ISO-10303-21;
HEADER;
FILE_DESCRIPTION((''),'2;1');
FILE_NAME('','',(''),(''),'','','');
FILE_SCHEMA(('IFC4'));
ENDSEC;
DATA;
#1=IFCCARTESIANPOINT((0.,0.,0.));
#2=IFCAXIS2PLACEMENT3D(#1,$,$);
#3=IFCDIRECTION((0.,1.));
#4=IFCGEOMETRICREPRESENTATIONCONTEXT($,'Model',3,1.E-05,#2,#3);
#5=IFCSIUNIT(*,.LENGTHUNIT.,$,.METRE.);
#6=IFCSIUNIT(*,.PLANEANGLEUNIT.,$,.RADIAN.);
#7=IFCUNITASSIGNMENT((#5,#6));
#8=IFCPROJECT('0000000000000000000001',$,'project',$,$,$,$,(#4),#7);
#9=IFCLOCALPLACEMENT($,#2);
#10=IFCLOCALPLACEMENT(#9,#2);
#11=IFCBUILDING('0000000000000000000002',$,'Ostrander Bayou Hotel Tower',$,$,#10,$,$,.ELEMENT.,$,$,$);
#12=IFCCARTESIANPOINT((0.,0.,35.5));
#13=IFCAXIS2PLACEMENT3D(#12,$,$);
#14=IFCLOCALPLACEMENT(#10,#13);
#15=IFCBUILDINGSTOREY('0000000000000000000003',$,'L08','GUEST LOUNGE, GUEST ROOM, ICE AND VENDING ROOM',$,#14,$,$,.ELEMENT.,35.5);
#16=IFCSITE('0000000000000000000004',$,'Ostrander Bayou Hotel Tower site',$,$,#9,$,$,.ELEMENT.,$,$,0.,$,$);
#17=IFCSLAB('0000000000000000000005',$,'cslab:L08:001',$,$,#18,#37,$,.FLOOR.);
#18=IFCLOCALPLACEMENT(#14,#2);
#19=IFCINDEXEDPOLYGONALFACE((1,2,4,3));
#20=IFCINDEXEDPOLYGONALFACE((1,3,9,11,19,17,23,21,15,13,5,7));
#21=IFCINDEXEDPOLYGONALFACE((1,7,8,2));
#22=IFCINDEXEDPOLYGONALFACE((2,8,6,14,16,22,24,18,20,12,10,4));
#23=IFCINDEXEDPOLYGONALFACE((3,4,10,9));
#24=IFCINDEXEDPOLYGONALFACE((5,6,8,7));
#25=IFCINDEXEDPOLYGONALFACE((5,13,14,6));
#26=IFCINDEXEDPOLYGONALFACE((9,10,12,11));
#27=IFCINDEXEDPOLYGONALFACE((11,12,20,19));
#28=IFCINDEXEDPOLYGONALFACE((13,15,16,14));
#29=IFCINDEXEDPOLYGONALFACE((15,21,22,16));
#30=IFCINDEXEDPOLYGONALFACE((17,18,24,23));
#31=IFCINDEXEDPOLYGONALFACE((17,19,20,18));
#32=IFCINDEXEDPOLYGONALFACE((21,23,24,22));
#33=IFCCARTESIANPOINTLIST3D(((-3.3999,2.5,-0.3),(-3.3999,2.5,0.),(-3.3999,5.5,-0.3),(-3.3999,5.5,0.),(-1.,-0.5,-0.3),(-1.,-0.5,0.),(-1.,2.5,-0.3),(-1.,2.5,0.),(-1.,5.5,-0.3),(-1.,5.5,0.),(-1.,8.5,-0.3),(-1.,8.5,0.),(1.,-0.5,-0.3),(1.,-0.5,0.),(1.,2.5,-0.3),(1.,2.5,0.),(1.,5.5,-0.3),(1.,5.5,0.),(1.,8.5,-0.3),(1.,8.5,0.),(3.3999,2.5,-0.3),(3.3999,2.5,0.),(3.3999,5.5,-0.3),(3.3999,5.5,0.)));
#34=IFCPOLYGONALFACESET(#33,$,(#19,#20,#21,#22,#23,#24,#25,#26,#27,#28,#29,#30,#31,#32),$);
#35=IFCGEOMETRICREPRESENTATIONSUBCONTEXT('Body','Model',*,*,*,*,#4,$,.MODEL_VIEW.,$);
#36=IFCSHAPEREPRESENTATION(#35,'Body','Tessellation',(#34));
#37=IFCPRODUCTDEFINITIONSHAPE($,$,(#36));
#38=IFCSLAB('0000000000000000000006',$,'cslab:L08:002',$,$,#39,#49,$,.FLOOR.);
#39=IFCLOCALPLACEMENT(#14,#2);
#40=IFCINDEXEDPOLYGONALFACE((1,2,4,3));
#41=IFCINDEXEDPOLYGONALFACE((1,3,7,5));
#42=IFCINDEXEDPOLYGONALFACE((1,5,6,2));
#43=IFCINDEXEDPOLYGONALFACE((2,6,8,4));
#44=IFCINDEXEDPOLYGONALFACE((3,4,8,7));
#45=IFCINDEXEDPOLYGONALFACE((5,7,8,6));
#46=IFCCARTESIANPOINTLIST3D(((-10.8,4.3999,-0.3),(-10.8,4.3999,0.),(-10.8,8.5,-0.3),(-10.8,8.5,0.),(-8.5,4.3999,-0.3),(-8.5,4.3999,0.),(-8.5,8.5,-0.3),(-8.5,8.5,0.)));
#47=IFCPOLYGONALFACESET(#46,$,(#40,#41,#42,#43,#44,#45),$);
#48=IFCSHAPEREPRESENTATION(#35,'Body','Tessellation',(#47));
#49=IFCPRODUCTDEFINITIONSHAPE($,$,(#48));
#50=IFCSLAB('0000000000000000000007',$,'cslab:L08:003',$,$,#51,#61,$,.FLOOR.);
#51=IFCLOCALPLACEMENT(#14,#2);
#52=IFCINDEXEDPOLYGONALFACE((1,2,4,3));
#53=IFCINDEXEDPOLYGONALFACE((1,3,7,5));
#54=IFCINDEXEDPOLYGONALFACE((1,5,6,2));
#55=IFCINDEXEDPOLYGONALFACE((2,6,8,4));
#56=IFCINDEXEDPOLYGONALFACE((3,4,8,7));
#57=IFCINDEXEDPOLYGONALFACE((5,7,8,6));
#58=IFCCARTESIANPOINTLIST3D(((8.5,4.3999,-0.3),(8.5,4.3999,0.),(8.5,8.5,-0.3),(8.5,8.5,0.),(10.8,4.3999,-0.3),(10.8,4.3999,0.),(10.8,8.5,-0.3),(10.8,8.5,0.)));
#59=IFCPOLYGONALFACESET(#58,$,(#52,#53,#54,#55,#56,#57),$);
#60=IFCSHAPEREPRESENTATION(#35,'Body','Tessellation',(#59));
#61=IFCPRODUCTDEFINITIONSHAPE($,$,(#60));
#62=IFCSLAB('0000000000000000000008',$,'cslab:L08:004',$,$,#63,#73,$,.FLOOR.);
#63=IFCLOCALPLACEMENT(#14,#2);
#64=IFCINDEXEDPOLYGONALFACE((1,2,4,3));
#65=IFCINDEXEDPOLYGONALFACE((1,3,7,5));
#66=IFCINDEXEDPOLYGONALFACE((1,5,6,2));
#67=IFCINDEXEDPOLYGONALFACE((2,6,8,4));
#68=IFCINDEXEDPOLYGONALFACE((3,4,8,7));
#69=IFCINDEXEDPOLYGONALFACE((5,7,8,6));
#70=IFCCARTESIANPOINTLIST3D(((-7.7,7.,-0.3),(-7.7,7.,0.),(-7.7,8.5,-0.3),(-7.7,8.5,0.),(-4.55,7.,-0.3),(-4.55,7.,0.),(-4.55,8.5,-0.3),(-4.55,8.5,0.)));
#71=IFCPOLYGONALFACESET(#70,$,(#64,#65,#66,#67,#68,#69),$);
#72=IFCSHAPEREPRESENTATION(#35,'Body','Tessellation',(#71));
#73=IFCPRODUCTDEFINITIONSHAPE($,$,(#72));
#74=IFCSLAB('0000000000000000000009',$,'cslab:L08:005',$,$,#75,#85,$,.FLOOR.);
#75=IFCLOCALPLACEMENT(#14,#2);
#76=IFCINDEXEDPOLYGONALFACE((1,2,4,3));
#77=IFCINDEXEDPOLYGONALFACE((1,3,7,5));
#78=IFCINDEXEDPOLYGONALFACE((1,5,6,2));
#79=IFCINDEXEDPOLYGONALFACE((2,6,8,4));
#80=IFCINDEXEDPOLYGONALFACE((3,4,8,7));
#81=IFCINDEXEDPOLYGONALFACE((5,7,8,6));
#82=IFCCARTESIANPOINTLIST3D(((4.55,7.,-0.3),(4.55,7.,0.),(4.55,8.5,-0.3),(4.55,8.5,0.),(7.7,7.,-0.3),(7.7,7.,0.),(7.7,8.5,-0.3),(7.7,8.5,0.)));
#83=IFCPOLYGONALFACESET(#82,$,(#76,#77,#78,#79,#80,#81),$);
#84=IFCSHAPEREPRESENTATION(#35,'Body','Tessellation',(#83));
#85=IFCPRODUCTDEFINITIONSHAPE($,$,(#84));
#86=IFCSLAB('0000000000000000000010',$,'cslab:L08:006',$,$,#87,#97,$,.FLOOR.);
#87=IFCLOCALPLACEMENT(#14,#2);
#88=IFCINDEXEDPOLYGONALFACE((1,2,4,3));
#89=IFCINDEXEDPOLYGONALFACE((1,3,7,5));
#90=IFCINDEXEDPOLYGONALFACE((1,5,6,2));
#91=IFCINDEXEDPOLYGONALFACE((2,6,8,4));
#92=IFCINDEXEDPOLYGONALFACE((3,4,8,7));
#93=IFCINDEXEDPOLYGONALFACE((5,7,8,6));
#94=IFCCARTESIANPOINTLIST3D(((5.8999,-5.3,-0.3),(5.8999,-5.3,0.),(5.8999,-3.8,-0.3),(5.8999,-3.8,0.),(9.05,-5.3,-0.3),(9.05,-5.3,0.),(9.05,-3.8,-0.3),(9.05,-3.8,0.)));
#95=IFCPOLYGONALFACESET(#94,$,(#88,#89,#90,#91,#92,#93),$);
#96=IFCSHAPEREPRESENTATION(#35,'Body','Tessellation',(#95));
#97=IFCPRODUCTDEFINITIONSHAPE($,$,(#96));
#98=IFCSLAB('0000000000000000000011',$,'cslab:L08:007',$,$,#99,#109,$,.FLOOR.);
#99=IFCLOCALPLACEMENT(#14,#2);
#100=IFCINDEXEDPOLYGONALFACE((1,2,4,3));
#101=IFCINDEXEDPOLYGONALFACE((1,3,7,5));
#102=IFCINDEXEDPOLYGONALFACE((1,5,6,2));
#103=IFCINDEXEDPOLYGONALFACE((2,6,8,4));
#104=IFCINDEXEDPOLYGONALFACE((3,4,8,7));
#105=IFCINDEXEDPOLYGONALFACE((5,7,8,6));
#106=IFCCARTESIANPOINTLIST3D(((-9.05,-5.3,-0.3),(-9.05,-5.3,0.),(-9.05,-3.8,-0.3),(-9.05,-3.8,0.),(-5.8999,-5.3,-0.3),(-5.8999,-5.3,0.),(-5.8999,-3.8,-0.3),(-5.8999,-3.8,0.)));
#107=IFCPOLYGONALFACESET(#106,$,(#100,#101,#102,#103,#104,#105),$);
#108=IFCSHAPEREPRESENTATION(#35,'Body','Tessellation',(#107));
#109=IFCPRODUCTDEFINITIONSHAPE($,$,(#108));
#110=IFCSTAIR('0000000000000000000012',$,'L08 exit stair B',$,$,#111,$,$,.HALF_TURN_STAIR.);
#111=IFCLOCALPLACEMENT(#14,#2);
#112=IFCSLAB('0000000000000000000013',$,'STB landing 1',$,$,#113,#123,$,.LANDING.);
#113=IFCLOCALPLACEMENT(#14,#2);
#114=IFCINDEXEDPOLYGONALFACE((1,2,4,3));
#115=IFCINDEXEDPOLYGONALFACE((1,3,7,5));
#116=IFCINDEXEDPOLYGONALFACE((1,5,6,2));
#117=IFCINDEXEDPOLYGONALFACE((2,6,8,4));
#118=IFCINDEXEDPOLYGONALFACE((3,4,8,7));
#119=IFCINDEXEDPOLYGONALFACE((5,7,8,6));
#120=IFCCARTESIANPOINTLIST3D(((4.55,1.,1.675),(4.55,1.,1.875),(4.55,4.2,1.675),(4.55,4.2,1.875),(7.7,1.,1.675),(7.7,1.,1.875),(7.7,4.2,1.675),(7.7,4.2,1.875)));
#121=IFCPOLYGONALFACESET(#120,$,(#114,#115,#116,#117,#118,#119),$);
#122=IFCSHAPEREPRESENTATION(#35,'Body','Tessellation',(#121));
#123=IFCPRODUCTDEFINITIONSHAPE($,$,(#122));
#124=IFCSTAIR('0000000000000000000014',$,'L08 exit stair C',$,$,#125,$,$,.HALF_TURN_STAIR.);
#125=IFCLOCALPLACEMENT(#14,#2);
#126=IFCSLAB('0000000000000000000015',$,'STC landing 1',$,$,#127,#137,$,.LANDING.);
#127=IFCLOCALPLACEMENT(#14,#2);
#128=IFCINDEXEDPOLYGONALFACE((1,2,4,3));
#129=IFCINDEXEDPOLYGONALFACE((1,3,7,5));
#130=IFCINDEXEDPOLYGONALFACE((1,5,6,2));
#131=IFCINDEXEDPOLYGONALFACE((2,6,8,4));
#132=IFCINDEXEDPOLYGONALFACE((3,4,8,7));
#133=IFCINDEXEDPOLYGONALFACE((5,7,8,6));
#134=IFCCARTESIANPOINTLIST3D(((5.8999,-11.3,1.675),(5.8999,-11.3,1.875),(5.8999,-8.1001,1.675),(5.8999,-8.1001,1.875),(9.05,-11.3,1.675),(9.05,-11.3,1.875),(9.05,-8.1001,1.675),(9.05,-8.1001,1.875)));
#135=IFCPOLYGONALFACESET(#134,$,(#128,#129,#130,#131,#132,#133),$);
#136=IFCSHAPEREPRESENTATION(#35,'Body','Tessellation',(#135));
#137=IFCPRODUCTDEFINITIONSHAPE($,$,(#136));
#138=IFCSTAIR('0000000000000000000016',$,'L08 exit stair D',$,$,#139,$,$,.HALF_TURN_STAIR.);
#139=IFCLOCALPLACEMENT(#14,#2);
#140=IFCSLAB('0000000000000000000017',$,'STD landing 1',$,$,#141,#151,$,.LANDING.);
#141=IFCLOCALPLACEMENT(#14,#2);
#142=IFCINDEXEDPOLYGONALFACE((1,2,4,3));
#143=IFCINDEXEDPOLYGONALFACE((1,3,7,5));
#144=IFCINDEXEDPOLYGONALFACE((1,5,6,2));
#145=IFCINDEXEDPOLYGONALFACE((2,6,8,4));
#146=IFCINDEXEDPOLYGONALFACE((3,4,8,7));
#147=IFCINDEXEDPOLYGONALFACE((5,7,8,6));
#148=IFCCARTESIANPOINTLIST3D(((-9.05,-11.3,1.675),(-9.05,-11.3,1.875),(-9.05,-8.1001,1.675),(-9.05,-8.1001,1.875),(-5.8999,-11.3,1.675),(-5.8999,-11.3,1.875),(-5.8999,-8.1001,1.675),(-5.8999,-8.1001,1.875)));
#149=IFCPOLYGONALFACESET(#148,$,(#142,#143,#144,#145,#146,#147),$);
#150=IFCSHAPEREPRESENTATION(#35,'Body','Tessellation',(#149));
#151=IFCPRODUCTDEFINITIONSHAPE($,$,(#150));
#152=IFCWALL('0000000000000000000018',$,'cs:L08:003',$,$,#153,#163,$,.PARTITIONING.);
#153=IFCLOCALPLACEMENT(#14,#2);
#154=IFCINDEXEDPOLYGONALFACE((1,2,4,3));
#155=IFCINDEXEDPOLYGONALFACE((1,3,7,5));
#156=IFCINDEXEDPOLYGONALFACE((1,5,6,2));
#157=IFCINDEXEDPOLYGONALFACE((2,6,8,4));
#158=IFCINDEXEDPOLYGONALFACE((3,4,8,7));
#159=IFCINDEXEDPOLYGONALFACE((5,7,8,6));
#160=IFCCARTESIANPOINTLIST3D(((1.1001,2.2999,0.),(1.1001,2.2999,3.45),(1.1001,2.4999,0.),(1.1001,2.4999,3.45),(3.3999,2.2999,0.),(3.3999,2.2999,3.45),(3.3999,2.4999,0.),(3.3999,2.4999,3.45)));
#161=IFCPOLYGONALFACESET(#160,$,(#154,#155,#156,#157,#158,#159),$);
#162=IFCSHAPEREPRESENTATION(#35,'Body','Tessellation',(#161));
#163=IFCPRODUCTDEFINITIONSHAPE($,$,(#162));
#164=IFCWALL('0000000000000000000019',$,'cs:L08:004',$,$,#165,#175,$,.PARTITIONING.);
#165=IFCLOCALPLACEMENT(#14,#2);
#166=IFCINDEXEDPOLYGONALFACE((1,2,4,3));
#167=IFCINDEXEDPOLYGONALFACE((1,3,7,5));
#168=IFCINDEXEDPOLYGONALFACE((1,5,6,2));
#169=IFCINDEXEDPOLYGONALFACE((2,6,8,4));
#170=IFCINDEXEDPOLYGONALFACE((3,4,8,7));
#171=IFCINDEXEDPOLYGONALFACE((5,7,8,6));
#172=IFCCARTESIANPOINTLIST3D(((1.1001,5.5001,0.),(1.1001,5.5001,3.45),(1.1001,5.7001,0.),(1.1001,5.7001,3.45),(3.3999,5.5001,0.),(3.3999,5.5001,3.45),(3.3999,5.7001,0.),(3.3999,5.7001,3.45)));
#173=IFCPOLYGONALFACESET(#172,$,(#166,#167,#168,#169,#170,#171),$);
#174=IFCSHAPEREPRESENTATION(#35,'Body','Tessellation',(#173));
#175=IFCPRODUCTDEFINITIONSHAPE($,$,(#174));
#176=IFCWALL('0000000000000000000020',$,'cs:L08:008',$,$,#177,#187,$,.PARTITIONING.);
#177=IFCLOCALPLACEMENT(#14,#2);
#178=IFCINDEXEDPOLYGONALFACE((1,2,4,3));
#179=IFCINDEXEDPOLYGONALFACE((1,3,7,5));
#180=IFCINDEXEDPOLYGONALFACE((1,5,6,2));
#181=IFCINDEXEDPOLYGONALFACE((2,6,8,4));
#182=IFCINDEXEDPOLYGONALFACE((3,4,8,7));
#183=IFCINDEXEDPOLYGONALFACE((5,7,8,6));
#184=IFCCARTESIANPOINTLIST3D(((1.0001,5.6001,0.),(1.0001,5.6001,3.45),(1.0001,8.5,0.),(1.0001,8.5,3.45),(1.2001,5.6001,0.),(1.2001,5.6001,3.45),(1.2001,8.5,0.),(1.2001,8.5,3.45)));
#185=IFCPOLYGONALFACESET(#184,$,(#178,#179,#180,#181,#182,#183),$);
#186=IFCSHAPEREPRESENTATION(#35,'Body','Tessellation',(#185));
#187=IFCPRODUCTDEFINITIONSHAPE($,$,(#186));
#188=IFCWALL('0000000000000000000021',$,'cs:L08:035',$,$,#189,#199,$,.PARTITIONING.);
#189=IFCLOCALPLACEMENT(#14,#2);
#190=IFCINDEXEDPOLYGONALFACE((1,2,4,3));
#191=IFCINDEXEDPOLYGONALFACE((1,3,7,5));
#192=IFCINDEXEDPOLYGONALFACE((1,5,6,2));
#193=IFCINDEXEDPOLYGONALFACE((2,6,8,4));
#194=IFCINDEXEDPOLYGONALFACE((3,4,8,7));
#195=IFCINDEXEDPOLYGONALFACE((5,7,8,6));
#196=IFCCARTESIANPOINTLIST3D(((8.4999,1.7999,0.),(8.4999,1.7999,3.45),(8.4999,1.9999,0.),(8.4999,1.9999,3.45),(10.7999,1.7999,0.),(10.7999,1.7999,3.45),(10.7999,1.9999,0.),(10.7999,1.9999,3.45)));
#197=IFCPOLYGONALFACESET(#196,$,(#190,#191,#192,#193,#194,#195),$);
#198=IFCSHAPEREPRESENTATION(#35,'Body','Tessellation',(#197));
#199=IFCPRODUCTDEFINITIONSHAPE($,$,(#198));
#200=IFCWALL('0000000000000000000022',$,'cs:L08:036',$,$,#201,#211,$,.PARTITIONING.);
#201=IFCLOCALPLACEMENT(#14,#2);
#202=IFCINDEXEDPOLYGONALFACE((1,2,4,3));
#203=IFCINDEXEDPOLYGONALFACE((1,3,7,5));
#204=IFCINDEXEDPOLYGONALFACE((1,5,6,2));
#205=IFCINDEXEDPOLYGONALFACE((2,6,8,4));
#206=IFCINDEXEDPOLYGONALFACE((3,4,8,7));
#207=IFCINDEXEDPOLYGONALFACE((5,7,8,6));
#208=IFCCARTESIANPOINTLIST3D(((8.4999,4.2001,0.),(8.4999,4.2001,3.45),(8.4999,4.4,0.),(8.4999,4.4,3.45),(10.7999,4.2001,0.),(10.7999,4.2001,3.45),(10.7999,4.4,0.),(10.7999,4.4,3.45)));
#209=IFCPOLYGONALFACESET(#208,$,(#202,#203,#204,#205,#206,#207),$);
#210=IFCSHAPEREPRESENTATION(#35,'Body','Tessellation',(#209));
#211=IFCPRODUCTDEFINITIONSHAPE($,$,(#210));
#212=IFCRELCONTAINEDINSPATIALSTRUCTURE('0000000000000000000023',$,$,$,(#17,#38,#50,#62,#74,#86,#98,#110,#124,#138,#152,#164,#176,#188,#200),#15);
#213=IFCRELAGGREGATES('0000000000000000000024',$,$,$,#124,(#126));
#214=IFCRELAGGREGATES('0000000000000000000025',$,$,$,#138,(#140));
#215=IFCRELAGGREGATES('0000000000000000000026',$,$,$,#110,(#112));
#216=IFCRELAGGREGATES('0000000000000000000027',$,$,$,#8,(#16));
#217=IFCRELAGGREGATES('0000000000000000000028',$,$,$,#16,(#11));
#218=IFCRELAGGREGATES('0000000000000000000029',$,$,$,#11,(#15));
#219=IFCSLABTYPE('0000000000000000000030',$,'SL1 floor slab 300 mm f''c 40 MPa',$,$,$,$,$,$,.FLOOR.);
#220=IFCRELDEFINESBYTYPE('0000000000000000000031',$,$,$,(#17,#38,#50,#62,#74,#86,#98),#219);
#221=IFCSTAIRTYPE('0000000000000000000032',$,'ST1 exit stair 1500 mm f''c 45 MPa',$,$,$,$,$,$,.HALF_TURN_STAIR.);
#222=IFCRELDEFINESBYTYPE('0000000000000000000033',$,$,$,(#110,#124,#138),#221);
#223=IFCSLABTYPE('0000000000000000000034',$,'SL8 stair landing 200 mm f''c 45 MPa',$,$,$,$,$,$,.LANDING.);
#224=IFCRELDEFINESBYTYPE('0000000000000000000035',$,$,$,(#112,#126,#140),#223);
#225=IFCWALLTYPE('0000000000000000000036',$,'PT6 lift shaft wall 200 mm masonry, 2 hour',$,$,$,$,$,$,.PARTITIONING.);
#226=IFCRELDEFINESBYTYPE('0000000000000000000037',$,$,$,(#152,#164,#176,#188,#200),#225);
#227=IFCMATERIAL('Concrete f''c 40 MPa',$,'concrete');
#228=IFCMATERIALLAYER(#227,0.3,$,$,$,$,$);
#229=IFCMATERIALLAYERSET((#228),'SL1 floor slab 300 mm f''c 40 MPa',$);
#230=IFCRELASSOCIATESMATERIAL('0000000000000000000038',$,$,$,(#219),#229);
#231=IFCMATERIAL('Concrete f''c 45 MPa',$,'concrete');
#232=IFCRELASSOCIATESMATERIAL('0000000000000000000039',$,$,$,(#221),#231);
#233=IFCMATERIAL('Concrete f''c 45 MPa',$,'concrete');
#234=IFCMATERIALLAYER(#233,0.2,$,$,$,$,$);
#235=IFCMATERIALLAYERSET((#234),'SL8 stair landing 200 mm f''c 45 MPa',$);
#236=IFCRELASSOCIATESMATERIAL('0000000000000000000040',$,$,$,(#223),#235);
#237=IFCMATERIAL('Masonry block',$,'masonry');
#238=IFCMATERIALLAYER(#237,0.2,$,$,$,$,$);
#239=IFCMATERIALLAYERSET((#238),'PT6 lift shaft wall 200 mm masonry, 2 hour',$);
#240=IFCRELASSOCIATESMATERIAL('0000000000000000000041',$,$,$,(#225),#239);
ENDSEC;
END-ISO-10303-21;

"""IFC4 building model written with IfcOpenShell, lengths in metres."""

from ifc_helpers import new_model, si_unit, direction, frame, frame_2d, origin, place, context, subcontext, project, spatial, polyline, rectangle, outline, extrude, material, layer, layer_set, type_object, element, aggregate, save


model = new_model("IFC4")

# Units and contexts
model_context = context("Model", 3, precision=1e-05, world=origin(), true_north=direction((0.0, 1.0)))
body_context = subcontext(model_context, "Body", "Model", "MODEL_VIEW")
ifc_project = project(units=[si_unit("LENGTHUNIT", "METRE"), si_unit("PLANEANGLEUNIT", "RADIAN")], contexts=[model_context])

# Site, building, storey
site_placement = place(None, origin())
site = spatial("IfcSite", under=ifc_project, at=site_placement, Name="Ostrander Bayou Hotel Tower site", CompositionType="ELEMENT", RefElevation=0.0)
building_placement = place(site_placement, origin())
building = spatial("IfcBuilding", under=site, at=building_placement, Name="Ostrander Bayou Hotel Tower", CompositionType="ELEMENT")
storey_placement = place(building_placement, frame((0.0, 0.0, 35.5)))
storey = spatial("IfcBuildingStorey", under=building, at=storey_placement, Name="L08", Description="GUEST LOUNGE, GUEST ROOM, ICE AND VENDING ROOM", CompositionType="ELEMENT", Elevation=35.5)

# Slabs
ifc_material_1 = material(Name="Concrete f'c 40 MPa", Category="concrete")
ifc_layer_1 = layer(ifc_material_1, 0.3)
ifc_layer_set_1 = layer_set([ifc_layer_1], Name="SL1 floor slab 300 mm f'c 40 MPa")
slab_type_1 = type_object("IfcSlabType", Name="SL1 floor slab 300 mm f'c 40 MPa", PredefinedType="FLOOR", material=ifc_layer_set_1)
slab_1_placement = place(storey_placement, frame((0.0, 0.0, -0.3)))
element("IfcSlab", 1, at=slab_1_placement, inside=storey, type_object=slab_type_1, Name="cslab:L08:001", PredefinedType="FLOOR", context=body_context, shape_type="SweptSolid", body=[
    extrude(outline(polyline([(-3.3999, 5.5), (-1.0, 5.5), (-1.0, 8.5), (1.0, 8.5), (1.0, 5.5), (3.3999, 5.5), (3.3999, 2.5), (1.0, 2.5), (1.0, -0.5), (-1.0, -0.5), (-1.0, 2.5), (-3.3999, 2.5), (-3.3999, 5.5)])), origin(), (0.0, 0.0, 1.0), 0.3),
])
slab_2_placement = place(storey_placement, frame((0.0, 0.0, -0.3)))
element("IfcSlab", 2, at=slab_2_placement, inside=storey, type_object=slab_type_1, Name="cslab:L08:002", PredefinedType="FLOOR", context=body_context, shape_type="SweptSolid", body=[
    extrude(outline(polyline([(-8.5, 4.3999), (-8.5, 8.5), (-10.8, 8.5), (-10.8, 4.3999), (-8.5, 4.3999)])), origin(), (0.0, 0.0, 1.0), 0.3),
])
slab_3_placement = place(storey_placement, frame((0.0, 0.0, -0.3)))
element("IfcSlab", 3, at=slab_3_placement, inside=storey, type_object=slab_type_1, Name="cslab:L08:003", PredefinedType="FLOOR", context=body_context, shape_type="SweptSolid", body=[
    extrude(outline(polyline([(10.8, 4.3999), (10.8, 8.5), (8.5, 8.5), (8.5, 4.3999), (10.8, 4.3999)])), origin(), (0.0, 0.0, 1.0), 0.3),
])
slab_4_placement = place(storey_placement, frame((0.0, 0.0, -0.3)))
element("IfcSlab", 4, at=slab_4_placement, inside=storey, type_object=slab_type_1, Name="cslab:L08:004", PredefinedType="FLOOR", context=body_context, shape_type="SweptSolid", body=[
    extrude(outline(polyline([(-4.55, 7.0), (-4.55, 8.5), (-7.7, 8.5), (-7.7, 7.0), (-4.55, 7.0)])), origin(), (0.0, 0.0, 1.0), 0.3),
])
slab_5_placement = place(storey_placement, frame((0.0, 0.0, -0.3)))
element("IfcSlab", 5, at=slab_5_placement, inside=storey, type_object=slab_type_1, Name="cslab:L08:005", PredefinedType="FLOOR", context=body_context, shape_type="SweptSolid", body=[
    extrude(outline(polyline([(7.7, 7.0), (7.7, 8.5), (4.55, 8.5), (4.55, 7.0), (7.7, 7.0)])), origin(), (0.0, 0.0, 1.0), 0.3),
])
slab_6_placement = place(storey_placement, frame((0.0, 0.0, -0.3)))
element("IfcSlab", 6, at=slab_6_placement, inside=storey, type_object=slab_type_1, Name="cslab:L08:006", PredefinedType="FLOOR", context=body_context, shape_type="SweptSolid", body=[
    extrude(outline(polyline([(9.05, -5.3), (9.05, -3.8), (5.8999, -3.8), (5.8999, -5.3), (9.05, -5.3)])), origin(), (0.0, 0.0, 1.0), 0.3),
])
slab_7_placement = place(storey_placement, frame((0.0, 0.0, -0.3)))
element("IfcSlab", 7, at=slab_7_placement, inside=storey, type_object=slab_type_1, Name="cslab:L08:007", PredefinedType="FLOOR", context=body_context, shape_type="SweptSolid", body=[
    extrude(outline(polyline([(-5.8999, -5.3), (-5.8999, -3.8), (-9.05, -3.8), (-9.05, -5.3), (-5.8999, -5.3)])), origin(), (0.0, 0.0, 1.0), 0.3),
])

# Stairs, slabs
ifc_material_2 = material(Name="Concrete f'c 45 MPa", Category="concrete")
stair_type = type_object("IfcStairType", Name="ST1 exit stair 1500 mm f'c 45 MPa", PredefinedType="HALF_TURN_STAIR", material=ifc_material_2)
stair_1_placement = place(storey_placement, origin())
stair_1 = element("IfcStair", 8, at=stair_1_placement, inside=storey, type_object=stair_type, Name="L08 exit stair B", PredefinedType="HALF_TURN_STAIR")
ifc_material_3 = material(Name="Concrete f'c 45 MPa", Category="concrete")
ifc_layer_2 = layer(ifc_material_3, 0.2)
ifc_layer_set_2 = layer_set([ifc_layer_2], Name="SL8 stair landing 200 mm f'c 45 MPa")
slab_type_2 = type_object("IfcSlabType", Name="SL8 stair landing 200 mm f'c 45 MPa", PredefinedType="LANDING", material=ifc_layer_set_2)
slab_8_placement = place(storey_placement, frame((0.0, 0.0, 1.675)))
slab_8 = element("IfcSlab", 9, at=slab_8_placement, type_object=slab_type_2, Name="STB landing 1", PredefinedType="LANDING", context=body_context, shape_type="SweptSolid", body=[
    extrude(outline(polyline([(4.55, 4.2), (4.55, 1.0), (7.7, 1.0), (7.7, 4.2), (4.55, 4.2)])), origin(), (0.0, 0.0, 1.0), 0.2),
])
stair_2_placement = place(storey_placement, origin())
stair_2 = element("IfcStair", 10, at=stair_2_placement, inside=storey, type_object=stair_type, Name="L08 exit stair C", PredefinedType="HALF_TURN_STAIR")
slab_9_placement = place(storey_placement, frame((0.0, 0.0, 1.675)))
slab_9 = element("IfcSlab", 11, at=slab_9_placement, type_object=slab_type_2, Name="STC landing 1", PredefinedType="LANDING", context=body_context, shape_type="SweptSolid", body=[
    extrude(outline(polyline([(5.8999, -8.1001), (5.8999, -11.3), (9.05, -11.3), (9.05, -8.1001), (5.8999, -8.1001)])), origin(), (0.0, 0.0, 1.0), 0.2),
])
aggregate(stair_2, [slab_9])
stair_3_placement = place(storey_placement, origin())
stair_3 = element("IfcStair", 12, at=stair_3_placement, inside=storey, type_object=stair_type, Name="L08 exit stair D", PredefinedType="HALF_TURN_STAIR")
slab_10_placement = place(storey_placement, frame((0.0, 0.0, 1.675)))
slab_10 = element("IfcSlab", 13, at=slab_10_placement, type_object=slab_type_2, Name="STD landing 1", PredefinedType="LANDING", context=body_context, shape_type="SweptSolid", body=[
    extrude(outline(polyline([(-9.05, -8.1001), (-9.05, -11.3), (-5.8999, -11.3), (-5.8999, -8.1001), (-9.05, -8.1001)])), origin(), (0.0, 0.0, 1.0), 0.2),
])
aggregate(stair_3, [slab_10])

# Walls
ifc_material_4 = material(Name="Masonry block", Category="masonry")
ifc_layer_3 = layer(ifc_material_4, 0.2)
ifc_layer_set_3 = layer_set([ifc_layer_3], Name="PT6 lift shaft wall 200 mm masonry, 2 hour")
wall_type_1 = type_object("IfcWallType", Name="PT6 lift shaft wall 200 mm masonry, 2 hour", PredefinedType="PARTITIONING", material=ifc_layer_set_3)
for number, where, z_axis, x_axis, name in (
    (14, (1.1001, 2.3999, 0.0), (0.0, 0.0, 1.0), (1.0, 0.0, 0.0), "cs:L08:003"),
    (15, (1.1001, 5.6001, 0.0), (0.0, 0.0, 1.0), (1.0, 0.0, 0.0), "cs:L08:004"),
):
    element("IfcWall", number, at=place(storey_placement, frame(where, z_axis=z_axis, x_axis=x_axis)), inside=storey, type_object=wall_type_1, Name=name, PredefinedType="PARTITIONING", context=body_context, shape_type="SweptSolid", body=[
        extrude(rectangle(XDim=2.2998, YDim=0.2, at=frame_2d((1.1499, 0.0))), origin(), (0.0, 0.0, 1.0), 3.45),
    ])
wall_1_placement = place(storey_placement, frame((1.1001, 5.6001, 0.0), z_axis=(0.0, 0.0, 1.0), x_axis=(0.0, 1.0, 0.0)))
element("IfcWall", 16, at=wall_1_placement, inside=storey, type_object=wall_type_1, Name="cs:L08:008", PredefinedType="PARTITIONING", context=body_context, shape_type="SweptSolid", body=[
    extrude(rectangle(XDim=2.8999, YDim=0.2, at=frame_2d((1.45, 0.0))), origin(), (0.0, 0.0, 1.0), 3.45),
])
for number, where, z_axis, x_axis, name in (
    (17, (8.5, 1.8999, 0.0), (0.0, 0.0, 1.0), (1.0, 0.0, 0.0), "cs:L08:035"),
    (18, (8.5, 4.3, 0.0), (0.0, 0.0, 1.0), (1.0, 0.0, 0.0), "cs:L08:036"),
):
    element("IfcWall", number, at=place(storey_placement, frame(where, z_axis=z_axis, x_axis=x_axis)), inside=storey, type_object=wall_type_1, Name=name, PredefinedType="PARTITIONING", context=body_context, shape_type="SweptSolid", body=[
        extrude(rectangle(XDim=2.3, YDim=0.2, at=frame_2d((1.1499, 0.0))), origin(), (0.0, 0.0, 1.0), 3.45),
    ])

aggregate(stair_1, [slab_8])

save(model, "model.ifc")
